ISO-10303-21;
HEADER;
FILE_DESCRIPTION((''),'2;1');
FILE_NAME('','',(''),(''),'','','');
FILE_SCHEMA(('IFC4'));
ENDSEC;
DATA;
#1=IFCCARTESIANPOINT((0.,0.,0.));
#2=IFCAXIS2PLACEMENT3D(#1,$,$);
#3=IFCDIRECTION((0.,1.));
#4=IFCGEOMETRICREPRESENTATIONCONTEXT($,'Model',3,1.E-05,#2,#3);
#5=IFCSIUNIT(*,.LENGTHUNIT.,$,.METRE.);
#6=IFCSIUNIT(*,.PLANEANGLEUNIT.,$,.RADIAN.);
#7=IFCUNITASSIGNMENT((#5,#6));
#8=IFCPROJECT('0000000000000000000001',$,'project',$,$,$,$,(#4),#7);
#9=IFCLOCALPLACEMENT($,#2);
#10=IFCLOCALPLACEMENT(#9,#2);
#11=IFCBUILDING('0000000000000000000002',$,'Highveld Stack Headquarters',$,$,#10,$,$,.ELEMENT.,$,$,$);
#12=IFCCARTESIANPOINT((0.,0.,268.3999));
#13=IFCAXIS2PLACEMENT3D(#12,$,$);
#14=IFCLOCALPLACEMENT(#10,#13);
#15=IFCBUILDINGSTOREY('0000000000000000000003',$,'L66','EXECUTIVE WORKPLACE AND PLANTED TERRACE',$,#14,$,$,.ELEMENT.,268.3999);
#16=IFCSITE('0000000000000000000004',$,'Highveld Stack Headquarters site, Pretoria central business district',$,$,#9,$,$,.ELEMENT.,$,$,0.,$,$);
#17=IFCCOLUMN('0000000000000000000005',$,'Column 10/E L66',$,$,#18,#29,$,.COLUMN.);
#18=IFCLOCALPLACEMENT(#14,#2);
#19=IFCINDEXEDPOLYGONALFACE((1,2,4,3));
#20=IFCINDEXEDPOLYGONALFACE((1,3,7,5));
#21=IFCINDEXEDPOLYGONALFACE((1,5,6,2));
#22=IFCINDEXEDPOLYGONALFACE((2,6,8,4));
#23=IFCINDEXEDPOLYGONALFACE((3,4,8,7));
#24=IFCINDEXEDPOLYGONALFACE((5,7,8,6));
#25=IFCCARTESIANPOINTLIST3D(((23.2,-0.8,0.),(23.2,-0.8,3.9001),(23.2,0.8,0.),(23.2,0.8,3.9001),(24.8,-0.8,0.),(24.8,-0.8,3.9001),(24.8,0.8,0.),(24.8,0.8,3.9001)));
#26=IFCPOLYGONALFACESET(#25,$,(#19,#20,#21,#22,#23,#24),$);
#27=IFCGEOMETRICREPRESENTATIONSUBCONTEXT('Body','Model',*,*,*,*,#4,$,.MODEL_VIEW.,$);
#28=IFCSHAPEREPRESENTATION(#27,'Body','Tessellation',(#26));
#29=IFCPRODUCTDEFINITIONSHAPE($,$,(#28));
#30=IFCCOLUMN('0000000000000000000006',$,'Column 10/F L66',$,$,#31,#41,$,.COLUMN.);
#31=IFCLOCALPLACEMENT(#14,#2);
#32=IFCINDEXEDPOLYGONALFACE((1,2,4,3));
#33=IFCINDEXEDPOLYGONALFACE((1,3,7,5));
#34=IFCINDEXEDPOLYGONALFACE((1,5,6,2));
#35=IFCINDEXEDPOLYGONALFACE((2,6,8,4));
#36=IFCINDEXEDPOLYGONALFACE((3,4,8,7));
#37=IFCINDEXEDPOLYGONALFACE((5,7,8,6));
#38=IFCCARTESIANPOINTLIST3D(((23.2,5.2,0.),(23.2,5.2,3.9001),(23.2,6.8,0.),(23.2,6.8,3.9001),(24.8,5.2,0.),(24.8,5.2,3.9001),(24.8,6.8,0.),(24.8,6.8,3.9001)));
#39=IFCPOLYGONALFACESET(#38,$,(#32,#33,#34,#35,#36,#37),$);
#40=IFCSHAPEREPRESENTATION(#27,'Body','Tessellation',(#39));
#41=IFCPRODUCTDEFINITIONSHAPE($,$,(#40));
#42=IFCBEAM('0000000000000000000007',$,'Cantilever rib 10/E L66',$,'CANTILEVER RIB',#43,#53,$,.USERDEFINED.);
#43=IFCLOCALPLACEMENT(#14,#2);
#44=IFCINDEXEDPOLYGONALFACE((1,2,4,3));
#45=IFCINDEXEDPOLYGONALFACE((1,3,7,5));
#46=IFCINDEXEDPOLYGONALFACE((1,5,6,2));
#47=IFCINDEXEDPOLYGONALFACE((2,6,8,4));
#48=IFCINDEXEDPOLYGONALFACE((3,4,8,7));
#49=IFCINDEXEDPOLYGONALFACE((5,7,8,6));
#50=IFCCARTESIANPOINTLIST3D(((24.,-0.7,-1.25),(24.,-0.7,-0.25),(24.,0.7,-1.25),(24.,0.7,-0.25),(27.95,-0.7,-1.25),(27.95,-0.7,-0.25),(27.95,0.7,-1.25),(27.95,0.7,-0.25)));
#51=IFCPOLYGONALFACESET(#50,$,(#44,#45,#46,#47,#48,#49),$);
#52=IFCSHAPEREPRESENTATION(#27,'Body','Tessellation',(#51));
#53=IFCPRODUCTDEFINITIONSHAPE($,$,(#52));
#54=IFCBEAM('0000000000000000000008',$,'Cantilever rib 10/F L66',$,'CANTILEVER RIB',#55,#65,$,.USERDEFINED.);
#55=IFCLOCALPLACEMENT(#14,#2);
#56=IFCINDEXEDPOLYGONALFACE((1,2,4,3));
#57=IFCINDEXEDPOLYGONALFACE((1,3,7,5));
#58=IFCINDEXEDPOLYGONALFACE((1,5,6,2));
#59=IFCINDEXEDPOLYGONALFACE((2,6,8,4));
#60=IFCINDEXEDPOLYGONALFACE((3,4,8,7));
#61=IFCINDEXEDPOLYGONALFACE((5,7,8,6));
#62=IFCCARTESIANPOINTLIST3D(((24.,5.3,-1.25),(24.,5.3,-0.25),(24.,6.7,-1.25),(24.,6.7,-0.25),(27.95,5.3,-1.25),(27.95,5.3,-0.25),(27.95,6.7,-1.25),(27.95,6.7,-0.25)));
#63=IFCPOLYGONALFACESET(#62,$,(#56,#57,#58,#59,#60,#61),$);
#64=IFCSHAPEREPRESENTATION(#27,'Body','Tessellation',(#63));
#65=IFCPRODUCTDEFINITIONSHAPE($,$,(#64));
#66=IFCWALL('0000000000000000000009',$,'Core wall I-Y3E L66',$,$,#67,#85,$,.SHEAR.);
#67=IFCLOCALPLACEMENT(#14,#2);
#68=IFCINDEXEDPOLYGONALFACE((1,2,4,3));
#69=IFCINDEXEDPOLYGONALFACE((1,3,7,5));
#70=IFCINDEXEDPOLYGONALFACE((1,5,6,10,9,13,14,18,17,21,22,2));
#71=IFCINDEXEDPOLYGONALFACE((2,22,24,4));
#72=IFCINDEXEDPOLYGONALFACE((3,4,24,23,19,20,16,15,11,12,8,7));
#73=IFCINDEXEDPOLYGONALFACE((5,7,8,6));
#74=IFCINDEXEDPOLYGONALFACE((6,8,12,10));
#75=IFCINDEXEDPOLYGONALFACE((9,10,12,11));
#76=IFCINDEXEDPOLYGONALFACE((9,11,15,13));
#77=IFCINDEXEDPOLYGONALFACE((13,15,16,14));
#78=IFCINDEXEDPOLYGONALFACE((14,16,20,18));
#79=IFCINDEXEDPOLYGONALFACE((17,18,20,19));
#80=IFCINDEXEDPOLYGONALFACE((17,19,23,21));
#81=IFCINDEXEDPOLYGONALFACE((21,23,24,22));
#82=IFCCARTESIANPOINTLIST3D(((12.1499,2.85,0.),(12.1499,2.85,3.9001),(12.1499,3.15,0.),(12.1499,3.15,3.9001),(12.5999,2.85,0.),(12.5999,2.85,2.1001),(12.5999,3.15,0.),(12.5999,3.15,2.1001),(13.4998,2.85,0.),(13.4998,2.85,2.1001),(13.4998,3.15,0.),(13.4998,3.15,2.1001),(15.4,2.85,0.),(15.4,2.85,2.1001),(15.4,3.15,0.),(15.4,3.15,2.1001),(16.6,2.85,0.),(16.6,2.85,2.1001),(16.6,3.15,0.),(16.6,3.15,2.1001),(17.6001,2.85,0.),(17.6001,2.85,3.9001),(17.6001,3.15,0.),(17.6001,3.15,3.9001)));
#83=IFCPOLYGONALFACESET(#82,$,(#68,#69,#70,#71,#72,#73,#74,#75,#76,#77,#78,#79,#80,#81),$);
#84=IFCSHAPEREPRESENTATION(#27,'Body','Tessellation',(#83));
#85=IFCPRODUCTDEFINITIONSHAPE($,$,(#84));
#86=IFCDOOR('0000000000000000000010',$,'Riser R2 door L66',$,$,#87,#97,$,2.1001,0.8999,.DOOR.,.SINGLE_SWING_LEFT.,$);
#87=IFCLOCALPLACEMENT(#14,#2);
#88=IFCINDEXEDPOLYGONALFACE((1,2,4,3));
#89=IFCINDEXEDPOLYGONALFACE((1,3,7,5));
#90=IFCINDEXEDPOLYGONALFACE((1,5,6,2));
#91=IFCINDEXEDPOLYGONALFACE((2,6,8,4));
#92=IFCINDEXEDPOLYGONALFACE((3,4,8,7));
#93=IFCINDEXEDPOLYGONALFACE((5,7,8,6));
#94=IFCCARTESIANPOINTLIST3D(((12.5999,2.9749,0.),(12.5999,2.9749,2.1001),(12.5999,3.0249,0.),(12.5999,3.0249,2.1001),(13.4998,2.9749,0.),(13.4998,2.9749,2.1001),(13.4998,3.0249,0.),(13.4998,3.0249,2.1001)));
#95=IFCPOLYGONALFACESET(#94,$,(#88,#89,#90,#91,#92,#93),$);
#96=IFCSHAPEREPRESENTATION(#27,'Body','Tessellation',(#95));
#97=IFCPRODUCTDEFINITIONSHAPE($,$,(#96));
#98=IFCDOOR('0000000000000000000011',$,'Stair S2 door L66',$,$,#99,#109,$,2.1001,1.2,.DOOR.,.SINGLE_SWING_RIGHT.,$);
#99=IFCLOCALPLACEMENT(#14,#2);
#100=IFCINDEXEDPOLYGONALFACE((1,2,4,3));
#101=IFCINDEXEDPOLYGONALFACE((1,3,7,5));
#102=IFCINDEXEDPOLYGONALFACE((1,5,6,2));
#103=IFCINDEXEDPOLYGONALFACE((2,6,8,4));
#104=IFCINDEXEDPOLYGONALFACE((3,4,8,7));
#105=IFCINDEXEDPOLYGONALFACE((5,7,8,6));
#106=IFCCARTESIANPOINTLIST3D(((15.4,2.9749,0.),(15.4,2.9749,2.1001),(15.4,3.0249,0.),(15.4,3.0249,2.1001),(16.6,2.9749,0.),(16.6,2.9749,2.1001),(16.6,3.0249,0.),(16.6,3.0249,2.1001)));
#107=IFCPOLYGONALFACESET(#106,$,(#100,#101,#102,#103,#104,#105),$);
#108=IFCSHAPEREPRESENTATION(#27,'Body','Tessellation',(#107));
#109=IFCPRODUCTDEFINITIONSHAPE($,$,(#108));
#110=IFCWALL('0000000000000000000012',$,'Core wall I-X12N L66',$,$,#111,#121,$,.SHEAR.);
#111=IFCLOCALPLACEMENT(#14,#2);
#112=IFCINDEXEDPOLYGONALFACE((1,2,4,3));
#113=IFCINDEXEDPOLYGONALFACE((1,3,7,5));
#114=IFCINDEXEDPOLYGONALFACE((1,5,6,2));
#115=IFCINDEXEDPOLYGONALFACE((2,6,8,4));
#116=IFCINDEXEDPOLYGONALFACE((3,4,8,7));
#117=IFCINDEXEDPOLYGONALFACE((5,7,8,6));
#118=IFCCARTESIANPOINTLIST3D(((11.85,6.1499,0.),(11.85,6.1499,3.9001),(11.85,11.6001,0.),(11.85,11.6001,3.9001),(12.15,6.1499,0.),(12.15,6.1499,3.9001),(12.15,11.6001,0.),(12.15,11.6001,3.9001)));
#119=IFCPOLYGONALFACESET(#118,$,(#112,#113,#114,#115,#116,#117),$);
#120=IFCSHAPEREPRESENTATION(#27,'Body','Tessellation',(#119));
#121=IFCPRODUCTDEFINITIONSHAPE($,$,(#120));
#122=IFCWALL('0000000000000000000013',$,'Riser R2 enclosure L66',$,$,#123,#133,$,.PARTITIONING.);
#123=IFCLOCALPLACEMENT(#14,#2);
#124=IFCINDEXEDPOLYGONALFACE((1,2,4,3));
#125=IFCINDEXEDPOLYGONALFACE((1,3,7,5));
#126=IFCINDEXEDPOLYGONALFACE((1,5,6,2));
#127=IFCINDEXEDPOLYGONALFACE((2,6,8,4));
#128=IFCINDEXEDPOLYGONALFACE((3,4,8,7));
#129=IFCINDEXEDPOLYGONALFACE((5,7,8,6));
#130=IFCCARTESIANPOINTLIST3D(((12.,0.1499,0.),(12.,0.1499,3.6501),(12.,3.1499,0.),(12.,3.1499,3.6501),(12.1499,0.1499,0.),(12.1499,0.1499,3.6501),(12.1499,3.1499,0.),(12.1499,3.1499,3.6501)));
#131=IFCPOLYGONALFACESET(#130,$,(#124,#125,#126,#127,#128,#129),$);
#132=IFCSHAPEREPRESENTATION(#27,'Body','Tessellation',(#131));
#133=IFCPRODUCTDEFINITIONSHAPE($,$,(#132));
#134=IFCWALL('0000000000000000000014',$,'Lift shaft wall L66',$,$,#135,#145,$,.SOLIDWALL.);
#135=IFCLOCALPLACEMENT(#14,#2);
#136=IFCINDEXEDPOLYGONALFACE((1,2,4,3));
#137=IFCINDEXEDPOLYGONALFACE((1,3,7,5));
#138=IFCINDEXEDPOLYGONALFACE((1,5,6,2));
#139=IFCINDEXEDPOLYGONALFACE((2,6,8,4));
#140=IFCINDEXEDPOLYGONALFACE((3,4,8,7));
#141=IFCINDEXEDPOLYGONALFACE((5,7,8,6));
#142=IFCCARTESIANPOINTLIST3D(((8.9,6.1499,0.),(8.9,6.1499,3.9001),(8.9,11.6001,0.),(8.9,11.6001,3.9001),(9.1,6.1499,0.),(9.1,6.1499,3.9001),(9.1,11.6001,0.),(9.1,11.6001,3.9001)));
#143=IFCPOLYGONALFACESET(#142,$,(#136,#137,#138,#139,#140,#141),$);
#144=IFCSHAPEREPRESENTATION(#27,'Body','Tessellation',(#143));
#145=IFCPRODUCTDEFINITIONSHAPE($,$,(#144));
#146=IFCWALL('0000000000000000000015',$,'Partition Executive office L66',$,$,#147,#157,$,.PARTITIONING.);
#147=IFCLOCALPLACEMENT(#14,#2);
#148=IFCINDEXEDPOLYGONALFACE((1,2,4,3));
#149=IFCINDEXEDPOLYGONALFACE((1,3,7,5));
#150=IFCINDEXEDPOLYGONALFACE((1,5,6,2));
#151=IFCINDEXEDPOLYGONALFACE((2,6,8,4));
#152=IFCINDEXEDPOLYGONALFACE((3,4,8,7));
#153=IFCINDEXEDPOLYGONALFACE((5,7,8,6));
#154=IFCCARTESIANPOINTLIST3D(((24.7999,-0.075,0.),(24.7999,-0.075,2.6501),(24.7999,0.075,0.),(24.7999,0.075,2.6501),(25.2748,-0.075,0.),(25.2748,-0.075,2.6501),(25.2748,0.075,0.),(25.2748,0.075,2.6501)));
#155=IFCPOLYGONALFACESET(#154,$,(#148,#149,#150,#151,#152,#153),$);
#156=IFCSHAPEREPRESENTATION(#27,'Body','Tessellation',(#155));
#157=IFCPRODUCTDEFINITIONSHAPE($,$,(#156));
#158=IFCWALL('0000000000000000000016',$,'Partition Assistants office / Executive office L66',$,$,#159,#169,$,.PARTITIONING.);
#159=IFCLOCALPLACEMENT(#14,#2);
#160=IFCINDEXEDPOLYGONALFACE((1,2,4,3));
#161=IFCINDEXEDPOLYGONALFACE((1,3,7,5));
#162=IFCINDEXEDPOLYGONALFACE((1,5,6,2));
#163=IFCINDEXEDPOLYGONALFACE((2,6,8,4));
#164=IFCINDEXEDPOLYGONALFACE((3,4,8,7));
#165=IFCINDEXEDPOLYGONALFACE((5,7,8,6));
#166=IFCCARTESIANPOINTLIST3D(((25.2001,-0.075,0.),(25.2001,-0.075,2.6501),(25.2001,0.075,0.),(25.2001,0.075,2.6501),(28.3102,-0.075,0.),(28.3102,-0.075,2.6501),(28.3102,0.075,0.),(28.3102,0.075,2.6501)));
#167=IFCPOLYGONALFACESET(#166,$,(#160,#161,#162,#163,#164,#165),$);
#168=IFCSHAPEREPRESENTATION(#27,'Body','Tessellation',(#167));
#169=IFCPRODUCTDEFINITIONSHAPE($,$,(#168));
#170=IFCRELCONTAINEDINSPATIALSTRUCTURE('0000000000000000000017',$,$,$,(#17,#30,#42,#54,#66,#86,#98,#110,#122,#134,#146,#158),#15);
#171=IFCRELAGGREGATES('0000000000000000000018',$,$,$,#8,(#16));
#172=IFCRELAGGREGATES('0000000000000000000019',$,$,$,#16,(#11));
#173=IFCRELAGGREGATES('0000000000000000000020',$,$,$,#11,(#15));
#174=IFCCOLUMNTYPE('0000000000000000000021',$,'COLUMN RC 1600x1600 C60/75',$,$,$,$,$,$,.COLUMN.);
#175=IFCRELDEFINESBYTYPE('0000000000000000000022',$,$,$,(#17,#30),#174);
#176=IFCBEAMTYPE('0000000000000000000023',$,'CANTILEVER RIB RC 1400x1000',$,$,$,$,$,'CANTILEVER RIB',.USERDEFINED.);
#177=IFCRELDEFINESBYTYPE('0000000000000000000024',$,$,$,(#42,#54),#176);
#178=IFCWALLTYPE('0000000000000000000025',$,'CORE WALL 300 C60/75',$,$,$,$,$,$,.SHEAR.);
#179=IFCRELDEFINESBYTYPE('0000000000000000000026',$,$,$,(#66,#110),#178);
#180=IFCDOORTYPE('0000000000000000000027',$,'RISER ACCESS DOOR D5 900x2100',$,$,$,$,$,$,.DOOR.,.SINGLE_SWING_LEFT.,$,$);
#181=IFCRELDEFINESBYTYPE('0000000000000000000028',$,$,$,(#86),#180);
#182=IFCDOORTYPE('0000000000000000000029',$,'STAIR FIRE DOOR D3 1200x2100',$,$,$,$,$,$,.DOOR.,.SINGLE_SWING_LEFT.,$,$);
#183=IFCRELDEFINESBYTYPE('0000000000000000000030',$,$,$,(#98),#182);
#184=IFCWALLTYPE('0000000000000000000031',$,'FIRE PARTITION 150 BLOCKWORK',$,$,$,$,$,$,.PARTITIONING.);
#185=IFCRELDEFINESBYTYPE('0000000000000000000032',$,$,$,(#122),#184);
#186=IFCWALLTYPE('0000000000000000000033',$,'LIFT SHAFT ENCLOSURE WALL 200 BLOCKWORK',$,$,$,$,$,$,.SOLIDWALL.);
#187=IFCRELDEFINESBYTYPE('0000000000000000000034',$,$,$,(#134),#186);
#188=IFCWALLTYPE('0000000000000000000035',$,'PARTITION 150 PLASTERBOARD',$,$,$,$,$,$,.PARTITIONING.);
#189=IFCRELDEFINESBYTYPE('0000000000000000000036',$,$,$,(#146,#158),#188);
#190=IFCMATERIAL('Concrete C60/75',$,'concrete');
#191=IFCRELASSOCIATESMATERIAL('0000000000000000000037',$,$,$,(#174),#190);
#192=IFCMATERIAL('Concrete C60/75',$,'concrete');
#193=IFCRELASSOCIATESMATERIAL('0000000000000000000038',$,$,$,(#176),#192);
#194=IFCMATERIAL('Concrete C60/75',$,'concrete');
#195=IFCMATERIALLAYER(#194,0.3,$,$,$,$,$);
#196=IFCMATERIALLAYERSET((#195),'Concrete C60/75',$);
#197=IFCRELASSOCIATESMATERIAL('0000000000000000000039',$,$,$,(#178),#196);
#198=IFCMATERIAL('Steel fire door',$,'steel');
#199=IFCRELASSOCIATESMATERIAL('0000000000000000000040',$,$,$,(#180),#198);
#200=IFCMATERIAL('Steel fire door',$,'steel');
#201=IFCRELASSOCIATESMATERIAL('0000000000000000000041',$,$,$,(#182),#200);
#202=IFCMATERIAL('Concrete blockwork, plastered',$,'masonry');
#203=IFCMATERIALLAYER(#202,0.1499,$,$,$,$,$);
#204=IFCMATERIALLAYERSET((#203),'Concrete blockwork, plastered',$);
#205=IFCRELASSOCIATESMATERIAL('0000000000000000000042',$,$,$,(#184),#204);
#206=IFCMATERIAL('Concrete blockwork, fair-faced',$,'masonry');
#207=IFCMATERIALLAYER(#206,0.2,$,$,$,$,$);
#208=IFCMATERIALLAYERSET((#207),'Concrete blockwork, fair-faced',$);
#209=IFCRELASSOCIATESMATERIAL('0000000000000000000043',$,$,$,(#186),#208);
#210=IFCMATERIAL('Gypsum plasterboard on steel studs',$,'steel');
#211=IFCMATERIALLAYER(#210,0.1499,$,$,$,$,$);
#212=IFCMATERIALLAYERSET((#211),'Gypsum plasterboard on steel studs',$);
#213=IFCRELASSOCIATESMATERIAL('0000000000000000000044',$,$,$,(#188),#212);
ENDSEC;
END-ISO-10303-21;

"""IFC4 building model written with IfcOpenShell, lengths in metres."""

from ifc_helpers import new_model, si_unit, direction, frame, frame_2d, origin, origin_2d, place, context, subcontext, project, spatial, rectangle, extrude, material, layer, layer_set, material_profile, profile_set, type_object, element, fill, save


model = new_model("IFC4")

# Units and contexts
model_context = context("Model", 3, precision=1e-05, world=origin(), true_north=direction((0.0, 1.0)))
body_context = subcontext(model_context, "Body", "Model", "MODEL_VIEW")
ifc_project = project(units=[si_unit("LENGTHUNIT", "METRE"), si_unit("PLANEANGLEUNIT", "RADIAN")], contexts=[model_context])

# Site, building, storey
site_placement = place(None, origin())
site = spatial("IfcSite", under=ifc_project, at=site_placement, Name="Highveld Stack Headquarters site, Pretoria central business district", CompositionType="ELEMENT", RefElevation=0.0)
building_placement = place(site_placement, origin())
building = spatial("IfcBuilding", under=site, at=building_placement, Name="Highveld Stack Headquarters", CompositionType="ELEMENT")
storey_placement = place(building_placement, frame((0.0, 0.0, 268.3999)))
storey = spatial("IfcBuildingStorey", under=building, at=storey_placement, Name="L66", Description="EXECUTIVE WORKPLACE AND PLANTED TERRACE", CompositionType="ELEMENT", Elevation=268.3999)

# Columns
ifc_material_1 = material(Name="Concrete C60/75", Category="concrete")
ifc_material_profile_1 = material_profile(ifc_material_1, rectangle(XDim=1.6001, YDim=1.6001, at=origin_2d()), Name="RC 1600x1600")
ifc_profile_set_1 = profile_set([ifc_material_profile_1], Name="Concrete C60/75")
column_type = type_object("IfcColumnType", Name="COLUMN RC 1600x1600 C60/75", PredefinedType="COLUMN", material=ifc_profile_set_1)
for number, where, z_axis, x_axis, name in (
    (1, (24.0, 0.0, 0.0), (0.0, 0.0, 1.0), (1.0, 0.0, 0.0), "Column 10/E L66"),
    (2, (24.0, 6.0, 0.0), (0.0, 0.0, 1.0), (1.0, 0.0, 0.0), "Column 10/F L66"),
):
    element("IfcColumn", number, at=place(storey_placement, frame(where, z_axis=z_axis, x_axis=x_axis)), inside=storey, type_object=column_type, Name=name, PredefinedType="COLUMN", context=body_context, shape_type="SweptSolid", body=[
        extrude(rectangle(XDim=1.6001, YDim=1.6001, at=origin_2d()), origin(), (0.0, 0.0, 1.0), 3.9001),
    ])

# Beams
ifc_material_2 = material(Name="Concrete C60/75", Category="concrete")
ifc_material_profile_2 = material_profile(ifc_material_2, rectangle(XDim=1.3999, YDim=1.0, at=origin_2d()), Name="RC 1400x1000")
ifc_profile_set_2 = profile_set([ifc_material_profile_2], Name="Concrete C60/75")
beam_type = type_object("IfcBeamType", Name="CANTILEVER RIB RC 1400x1000", ElementType="CANTILEVER RIB", PredefinedType="USERDEFINED", material=ifc_profile_set_2)
for number, where, z_axis, x_axis, name in (
    (3, (24.0, 0.0, -0.75), (1.0, 0.0, 0.0), (0.0, 1.0, 0.0), "Cantilever rib 10/E L66"),
    (4, (24.0, 6.0, -0.75), (1.0, 0.0, 0.0), (0.0, 1.0, 0.0), "Cantilever rib 10/F L66"),
):
    element("IfcBeam", number, at=place(storey_placement, frame(where, z_axis=z_axis, x_axis=x_axis)), inside=storey, type_object=beam_type, Name=name, ObjectType="CANTILEVER RIB", PredefinedType="USERDEFINED", context=body_context, shape_type="SweptSolid", body=[
        extrude(rectangle(XDim=1.3999, YDim=1.0, at=origin_2d()), origin(), (0.0, 0.0, 1.0), 3.95),
    ])

# Wall, openings, doors
ifc_material_3 = material(Name="Concrete C60/75", Category="concrete")
ifc_layer_1 = layer(ifc_material_3, 0.3)
ifc_layer_set_1 = layer_set([ifc_layer_1], Name="Concrete C60/75")
wall_type_1 = type_object("IfcWallType", Name="CORE WALL 300 C60/75", PredefinedType="SHEAR", material=ifc_layer_set_1)
wall_1_placement = place(storey_placement, frame((12.1499, 3.0, 0.0), z_axis=(0.0, 0.0, 1.0), x_axis=(1.0, 0.0, 0.0)))
wall_1 = element("IfcWall", 5, at=wall_1_placement, inside=storey, type_object=wall_type_1, Name="Core wall I-Y3E L66", PredefinedType="SHEAR", context=body_context, shape_type="SweptSolid", body=[
    extrude(rectangle(XDim=5.4502, YDim=0.3, at=frame_2d((2.7251, 0.0))), origin(), (0.0, 0.0, 1.0), 3.9001),
])
opening_1_placement = place(wall_1_placement, frame((3.25, 0.0, 0.0)))
opening_1 = element("IfcOpeningElement", 6, at=opening_1_placement, cuts=wall_1, PredefinedType="OPENING", context=body_context, shape_type="SweptSolid", body=[
    extrude(rectangle(XDim=1.2, YDim=2.1001, at=frame_2d((0.6001, 1.05))), frame((0.0, 0.1599, 0.0), z_axis=(0.0, -1.0, 0.0), x_axis=(1.0, 0.0, 0.0)), (0.0, 0.0, 1.0), 0.3201),
])
opening_2_placement = place(wall_1_placement, frame((0.45, 0.0, 0.0)))
opening_2 = element("IfcOpeningElement", 7, at=opening_2_placement, cuts=wall_1, PredefinedType="OPENING", context=body_context, shape_type="SweptSolid", body=[
    extrude(rectangle(XDim=0.8999, YDim=2.1001, at=frame_2d((0.45, 1.05))), frame((0.0, 0.1599, 0.0), z_axis=(0.0, -1.0, 0.0), x_axis=(1.0, 0.0, 0.0)), (0.0, 0.0, 1.0), 0.3201),
])
ifc_material_4 = material(Name="Steel fire door", Category="steel")
door_type_1 = type_object("IfcDoorType", Name="RISER ACCESS DOOR D5 900x2100", OperationType="SINGLE_SWING_LEFT", PredefinedType="DOOR", material=ifc_material_4)
door_1_placement = place(opening_2_placement, origin())
door_1 = element("IfcDoor", 8, at=door_1_placement, inside=storey, type_object=door_type_1, Name="Riser R2 door L66", OperationType="SINGLE_SWING_LEFT", OverallHeight=2.1001, OverallWidth=0.8999, PredefinedType="DOOR", context=body_context, shape_type="SweptSolid", body=[
    extrude(rectangle(XDim=0.8999, YDim=2.1001, at=frame_2d((0.45, 1.05))), frame((0.0, 0.0249, 0.0), z_axis=(0.0, -1.0, 0.0), x_axis=(1.0, 0.0, 0.0)), (0.0, 0.0, 1.0), 0.05),
])
fill(opening_2, door_1)
ifc_material_5 = material(Name="Steel fire door", Category="steel")
door_type_2 = type_object("IfcDoorType", Name="STAIR FIRE DOOR D3 1200x2100", OperationType="SINGLE_SWING_LEFT", PredefinedType="DOOR", material=ifc_material_5)
door_2_placement = place(opening_1_placement, origin())
door_2 = element("IfcDoor", 9, at=door_2_placement, inside=storey, type_object=door_type_2, Name="Stair S2 door L66", OperationType="SINGLE_SWING_RIGHT", OverallHeight=2.1001, OverallWidth=1.2, PredefinedType="DOOR", context=body_context, shape_type="SweptSolid", body=[
    extrude(rectangle(XDim=1.2, YDim=2.1001, at=frame_2d((0.6001, 1.05))), frame((0.0, 0.0249, 0.0), z_axis=(0.0, -1.0, 0.0), x_axis=(1.0, 0.0, 0.0)), (0.0, 0.0, 1.0), 0.05),
])
fill(opening_1, door_2)

# Walls
wall_2_placement = place(storey_placement, frame((12.0, 6.1499, 0.0), z_axis=(0.0, 0.0, 1.0), x_axis=(0.0, 1.0, 0.0)))
element("IfcWall", 10, at=wall_2_placement, inside=storey, type_object=wall_type_1, Name="Core wall I-X12N L66", PredefinedType="SHEAR", context=body_context, shape_type="SweptSolid", body=[
    extrude(rectangle(XDim=5.4502, YDim=0.3, at=frame_2d((2.7251, 0.0))), origin(), (0.0, 0.0, 1.0), 3.9001),
])
ifc_material_6 = material(Name="Concrete blockwork, plastered", Category="masonry")
ifc_layer_2 = layer(ifc_material_6, 0.1499)
ifc_layer_set_2 = layer_set([ifc_layer_2], Name="Concrete blockwork, plastered")
wall_type_2 = type_object("IfcWallType", Name="FIRE PARTITION 150 BLOCKWORK", PredefinedType="PARTITIONING", material=ifc_layer_set_2)
wall_3_placement = place(storey_placement, frame((12.075, 0.1499, 0.0), z_axis=(0.0, 0.0, 1.0), x_axis=(0.0, 1.0, 0.0)))
element("IfcWall", 11, at=wall_3_placement, inside=storey, type_object=wall_type_2, Name="Riser R2 enclosure L66", PredefinedType="PARTITIONING", context=body_context, shape_type="SweptSolid", body=[
    extrude(rectangle(XDim=3.0, YDim=0.1499, at=frame_2d((1.5, 0.0))), origin(), (0.0, 0.0, 1.0), 3.6501),
])
ifc_material_7 = material(Name="Concrete blockwork, fair-faced", Category="masonry")
ifc_layer_3 = layer(ifc_material_7, 0.2)
ifc_layer_set_3 = layer_set([ifc_layer_3], Name="Concrete blockwork, fair-faced")
wall_type_3 = type_object("IfcWallType", Name="LIFT SHAFT ENCLOSURE WALL 200 BLOCKWORK", PredefinedType="SOLIDWALL", material=ifc_layer_set_3)
wall_4_placement = place(storey_placement, frame((9.0, 6.1499, 0.0), z_axis=(0.0, 0.0, 1.0), x_axis=(0.0, 1.0, 0.0)))
element("IfcWall", 12, at=wall_4_placement, inside=storey, type_object=wall_type_3, Name="Lift shaft wall L66", PredefinedType="SOLIDWALL", context=body_context, shape_type="SweptSolid", body=[
    extrude(rectangle(XDim=5.4502, YDim=0.2, at=frame_2d((2.7251, 0.0))), origin(), (0.0, 0.0, 1.0), 3.9001),
])
ifc_material_8 = material(Name="Gypsum plasterboard on steel studs", Category="steel")
ifc_layer_4 = layer(ifc_material_8, 0.1499)
ifc_layer_set_4 = layer_set([ifc_layer_4], Name="Gypsum plasterboard on steel studs")
wall_type_4 = type_object("IfcWallType", Name="PARTITION 150 PLASTERBOARD", PredefinedType="PARTITIONING", material=ifc_layer_set_4)
wall_5_placement = place(storey_placement, frame((24.8, 0.0, 0.0), z_axis=(0.0, 0.0, 1.0), x_axis=(1.0, 0.0, 0.0)))
element("IfcWall", 13, at=wall_5_placement, inside=storey, type_object=wall_type_4, Name="Partition Executive office L66", PredefinedType="PARTITIONING", context=body_context, shape_type="SweptSolid", body=[
    extrude(rectangle(XDim=0.4749, YDim=0.1499, at=frame_2d((0.2373, 0.0))), origin(), (0.0, 0.0, 1.0), 2.6501),
])
wall_6_placement = place(storey_placement, frame((25.2, 0.0, 0.0), z_axis=(0.0, 0.0, 1.0), x_axis=(1.0, 0.0, 0.0)))
element("IfcWall", 14, at=wall_6_placement, inside=storey, type_object=wall_type_4, Name="Partition Assistants office / Executive office L66", PredefinedType="PARTITIONING", context=body_context, shape_type="SweptSolid", body=[
    extrude(rectangle(XDim=3.1101, YDim=0.1499, at=frame_2d((1.5552, 0.0))), origin(), (0.0, 0.0, 1.0), 2.6501),
])

save(model, "model.ifc")
